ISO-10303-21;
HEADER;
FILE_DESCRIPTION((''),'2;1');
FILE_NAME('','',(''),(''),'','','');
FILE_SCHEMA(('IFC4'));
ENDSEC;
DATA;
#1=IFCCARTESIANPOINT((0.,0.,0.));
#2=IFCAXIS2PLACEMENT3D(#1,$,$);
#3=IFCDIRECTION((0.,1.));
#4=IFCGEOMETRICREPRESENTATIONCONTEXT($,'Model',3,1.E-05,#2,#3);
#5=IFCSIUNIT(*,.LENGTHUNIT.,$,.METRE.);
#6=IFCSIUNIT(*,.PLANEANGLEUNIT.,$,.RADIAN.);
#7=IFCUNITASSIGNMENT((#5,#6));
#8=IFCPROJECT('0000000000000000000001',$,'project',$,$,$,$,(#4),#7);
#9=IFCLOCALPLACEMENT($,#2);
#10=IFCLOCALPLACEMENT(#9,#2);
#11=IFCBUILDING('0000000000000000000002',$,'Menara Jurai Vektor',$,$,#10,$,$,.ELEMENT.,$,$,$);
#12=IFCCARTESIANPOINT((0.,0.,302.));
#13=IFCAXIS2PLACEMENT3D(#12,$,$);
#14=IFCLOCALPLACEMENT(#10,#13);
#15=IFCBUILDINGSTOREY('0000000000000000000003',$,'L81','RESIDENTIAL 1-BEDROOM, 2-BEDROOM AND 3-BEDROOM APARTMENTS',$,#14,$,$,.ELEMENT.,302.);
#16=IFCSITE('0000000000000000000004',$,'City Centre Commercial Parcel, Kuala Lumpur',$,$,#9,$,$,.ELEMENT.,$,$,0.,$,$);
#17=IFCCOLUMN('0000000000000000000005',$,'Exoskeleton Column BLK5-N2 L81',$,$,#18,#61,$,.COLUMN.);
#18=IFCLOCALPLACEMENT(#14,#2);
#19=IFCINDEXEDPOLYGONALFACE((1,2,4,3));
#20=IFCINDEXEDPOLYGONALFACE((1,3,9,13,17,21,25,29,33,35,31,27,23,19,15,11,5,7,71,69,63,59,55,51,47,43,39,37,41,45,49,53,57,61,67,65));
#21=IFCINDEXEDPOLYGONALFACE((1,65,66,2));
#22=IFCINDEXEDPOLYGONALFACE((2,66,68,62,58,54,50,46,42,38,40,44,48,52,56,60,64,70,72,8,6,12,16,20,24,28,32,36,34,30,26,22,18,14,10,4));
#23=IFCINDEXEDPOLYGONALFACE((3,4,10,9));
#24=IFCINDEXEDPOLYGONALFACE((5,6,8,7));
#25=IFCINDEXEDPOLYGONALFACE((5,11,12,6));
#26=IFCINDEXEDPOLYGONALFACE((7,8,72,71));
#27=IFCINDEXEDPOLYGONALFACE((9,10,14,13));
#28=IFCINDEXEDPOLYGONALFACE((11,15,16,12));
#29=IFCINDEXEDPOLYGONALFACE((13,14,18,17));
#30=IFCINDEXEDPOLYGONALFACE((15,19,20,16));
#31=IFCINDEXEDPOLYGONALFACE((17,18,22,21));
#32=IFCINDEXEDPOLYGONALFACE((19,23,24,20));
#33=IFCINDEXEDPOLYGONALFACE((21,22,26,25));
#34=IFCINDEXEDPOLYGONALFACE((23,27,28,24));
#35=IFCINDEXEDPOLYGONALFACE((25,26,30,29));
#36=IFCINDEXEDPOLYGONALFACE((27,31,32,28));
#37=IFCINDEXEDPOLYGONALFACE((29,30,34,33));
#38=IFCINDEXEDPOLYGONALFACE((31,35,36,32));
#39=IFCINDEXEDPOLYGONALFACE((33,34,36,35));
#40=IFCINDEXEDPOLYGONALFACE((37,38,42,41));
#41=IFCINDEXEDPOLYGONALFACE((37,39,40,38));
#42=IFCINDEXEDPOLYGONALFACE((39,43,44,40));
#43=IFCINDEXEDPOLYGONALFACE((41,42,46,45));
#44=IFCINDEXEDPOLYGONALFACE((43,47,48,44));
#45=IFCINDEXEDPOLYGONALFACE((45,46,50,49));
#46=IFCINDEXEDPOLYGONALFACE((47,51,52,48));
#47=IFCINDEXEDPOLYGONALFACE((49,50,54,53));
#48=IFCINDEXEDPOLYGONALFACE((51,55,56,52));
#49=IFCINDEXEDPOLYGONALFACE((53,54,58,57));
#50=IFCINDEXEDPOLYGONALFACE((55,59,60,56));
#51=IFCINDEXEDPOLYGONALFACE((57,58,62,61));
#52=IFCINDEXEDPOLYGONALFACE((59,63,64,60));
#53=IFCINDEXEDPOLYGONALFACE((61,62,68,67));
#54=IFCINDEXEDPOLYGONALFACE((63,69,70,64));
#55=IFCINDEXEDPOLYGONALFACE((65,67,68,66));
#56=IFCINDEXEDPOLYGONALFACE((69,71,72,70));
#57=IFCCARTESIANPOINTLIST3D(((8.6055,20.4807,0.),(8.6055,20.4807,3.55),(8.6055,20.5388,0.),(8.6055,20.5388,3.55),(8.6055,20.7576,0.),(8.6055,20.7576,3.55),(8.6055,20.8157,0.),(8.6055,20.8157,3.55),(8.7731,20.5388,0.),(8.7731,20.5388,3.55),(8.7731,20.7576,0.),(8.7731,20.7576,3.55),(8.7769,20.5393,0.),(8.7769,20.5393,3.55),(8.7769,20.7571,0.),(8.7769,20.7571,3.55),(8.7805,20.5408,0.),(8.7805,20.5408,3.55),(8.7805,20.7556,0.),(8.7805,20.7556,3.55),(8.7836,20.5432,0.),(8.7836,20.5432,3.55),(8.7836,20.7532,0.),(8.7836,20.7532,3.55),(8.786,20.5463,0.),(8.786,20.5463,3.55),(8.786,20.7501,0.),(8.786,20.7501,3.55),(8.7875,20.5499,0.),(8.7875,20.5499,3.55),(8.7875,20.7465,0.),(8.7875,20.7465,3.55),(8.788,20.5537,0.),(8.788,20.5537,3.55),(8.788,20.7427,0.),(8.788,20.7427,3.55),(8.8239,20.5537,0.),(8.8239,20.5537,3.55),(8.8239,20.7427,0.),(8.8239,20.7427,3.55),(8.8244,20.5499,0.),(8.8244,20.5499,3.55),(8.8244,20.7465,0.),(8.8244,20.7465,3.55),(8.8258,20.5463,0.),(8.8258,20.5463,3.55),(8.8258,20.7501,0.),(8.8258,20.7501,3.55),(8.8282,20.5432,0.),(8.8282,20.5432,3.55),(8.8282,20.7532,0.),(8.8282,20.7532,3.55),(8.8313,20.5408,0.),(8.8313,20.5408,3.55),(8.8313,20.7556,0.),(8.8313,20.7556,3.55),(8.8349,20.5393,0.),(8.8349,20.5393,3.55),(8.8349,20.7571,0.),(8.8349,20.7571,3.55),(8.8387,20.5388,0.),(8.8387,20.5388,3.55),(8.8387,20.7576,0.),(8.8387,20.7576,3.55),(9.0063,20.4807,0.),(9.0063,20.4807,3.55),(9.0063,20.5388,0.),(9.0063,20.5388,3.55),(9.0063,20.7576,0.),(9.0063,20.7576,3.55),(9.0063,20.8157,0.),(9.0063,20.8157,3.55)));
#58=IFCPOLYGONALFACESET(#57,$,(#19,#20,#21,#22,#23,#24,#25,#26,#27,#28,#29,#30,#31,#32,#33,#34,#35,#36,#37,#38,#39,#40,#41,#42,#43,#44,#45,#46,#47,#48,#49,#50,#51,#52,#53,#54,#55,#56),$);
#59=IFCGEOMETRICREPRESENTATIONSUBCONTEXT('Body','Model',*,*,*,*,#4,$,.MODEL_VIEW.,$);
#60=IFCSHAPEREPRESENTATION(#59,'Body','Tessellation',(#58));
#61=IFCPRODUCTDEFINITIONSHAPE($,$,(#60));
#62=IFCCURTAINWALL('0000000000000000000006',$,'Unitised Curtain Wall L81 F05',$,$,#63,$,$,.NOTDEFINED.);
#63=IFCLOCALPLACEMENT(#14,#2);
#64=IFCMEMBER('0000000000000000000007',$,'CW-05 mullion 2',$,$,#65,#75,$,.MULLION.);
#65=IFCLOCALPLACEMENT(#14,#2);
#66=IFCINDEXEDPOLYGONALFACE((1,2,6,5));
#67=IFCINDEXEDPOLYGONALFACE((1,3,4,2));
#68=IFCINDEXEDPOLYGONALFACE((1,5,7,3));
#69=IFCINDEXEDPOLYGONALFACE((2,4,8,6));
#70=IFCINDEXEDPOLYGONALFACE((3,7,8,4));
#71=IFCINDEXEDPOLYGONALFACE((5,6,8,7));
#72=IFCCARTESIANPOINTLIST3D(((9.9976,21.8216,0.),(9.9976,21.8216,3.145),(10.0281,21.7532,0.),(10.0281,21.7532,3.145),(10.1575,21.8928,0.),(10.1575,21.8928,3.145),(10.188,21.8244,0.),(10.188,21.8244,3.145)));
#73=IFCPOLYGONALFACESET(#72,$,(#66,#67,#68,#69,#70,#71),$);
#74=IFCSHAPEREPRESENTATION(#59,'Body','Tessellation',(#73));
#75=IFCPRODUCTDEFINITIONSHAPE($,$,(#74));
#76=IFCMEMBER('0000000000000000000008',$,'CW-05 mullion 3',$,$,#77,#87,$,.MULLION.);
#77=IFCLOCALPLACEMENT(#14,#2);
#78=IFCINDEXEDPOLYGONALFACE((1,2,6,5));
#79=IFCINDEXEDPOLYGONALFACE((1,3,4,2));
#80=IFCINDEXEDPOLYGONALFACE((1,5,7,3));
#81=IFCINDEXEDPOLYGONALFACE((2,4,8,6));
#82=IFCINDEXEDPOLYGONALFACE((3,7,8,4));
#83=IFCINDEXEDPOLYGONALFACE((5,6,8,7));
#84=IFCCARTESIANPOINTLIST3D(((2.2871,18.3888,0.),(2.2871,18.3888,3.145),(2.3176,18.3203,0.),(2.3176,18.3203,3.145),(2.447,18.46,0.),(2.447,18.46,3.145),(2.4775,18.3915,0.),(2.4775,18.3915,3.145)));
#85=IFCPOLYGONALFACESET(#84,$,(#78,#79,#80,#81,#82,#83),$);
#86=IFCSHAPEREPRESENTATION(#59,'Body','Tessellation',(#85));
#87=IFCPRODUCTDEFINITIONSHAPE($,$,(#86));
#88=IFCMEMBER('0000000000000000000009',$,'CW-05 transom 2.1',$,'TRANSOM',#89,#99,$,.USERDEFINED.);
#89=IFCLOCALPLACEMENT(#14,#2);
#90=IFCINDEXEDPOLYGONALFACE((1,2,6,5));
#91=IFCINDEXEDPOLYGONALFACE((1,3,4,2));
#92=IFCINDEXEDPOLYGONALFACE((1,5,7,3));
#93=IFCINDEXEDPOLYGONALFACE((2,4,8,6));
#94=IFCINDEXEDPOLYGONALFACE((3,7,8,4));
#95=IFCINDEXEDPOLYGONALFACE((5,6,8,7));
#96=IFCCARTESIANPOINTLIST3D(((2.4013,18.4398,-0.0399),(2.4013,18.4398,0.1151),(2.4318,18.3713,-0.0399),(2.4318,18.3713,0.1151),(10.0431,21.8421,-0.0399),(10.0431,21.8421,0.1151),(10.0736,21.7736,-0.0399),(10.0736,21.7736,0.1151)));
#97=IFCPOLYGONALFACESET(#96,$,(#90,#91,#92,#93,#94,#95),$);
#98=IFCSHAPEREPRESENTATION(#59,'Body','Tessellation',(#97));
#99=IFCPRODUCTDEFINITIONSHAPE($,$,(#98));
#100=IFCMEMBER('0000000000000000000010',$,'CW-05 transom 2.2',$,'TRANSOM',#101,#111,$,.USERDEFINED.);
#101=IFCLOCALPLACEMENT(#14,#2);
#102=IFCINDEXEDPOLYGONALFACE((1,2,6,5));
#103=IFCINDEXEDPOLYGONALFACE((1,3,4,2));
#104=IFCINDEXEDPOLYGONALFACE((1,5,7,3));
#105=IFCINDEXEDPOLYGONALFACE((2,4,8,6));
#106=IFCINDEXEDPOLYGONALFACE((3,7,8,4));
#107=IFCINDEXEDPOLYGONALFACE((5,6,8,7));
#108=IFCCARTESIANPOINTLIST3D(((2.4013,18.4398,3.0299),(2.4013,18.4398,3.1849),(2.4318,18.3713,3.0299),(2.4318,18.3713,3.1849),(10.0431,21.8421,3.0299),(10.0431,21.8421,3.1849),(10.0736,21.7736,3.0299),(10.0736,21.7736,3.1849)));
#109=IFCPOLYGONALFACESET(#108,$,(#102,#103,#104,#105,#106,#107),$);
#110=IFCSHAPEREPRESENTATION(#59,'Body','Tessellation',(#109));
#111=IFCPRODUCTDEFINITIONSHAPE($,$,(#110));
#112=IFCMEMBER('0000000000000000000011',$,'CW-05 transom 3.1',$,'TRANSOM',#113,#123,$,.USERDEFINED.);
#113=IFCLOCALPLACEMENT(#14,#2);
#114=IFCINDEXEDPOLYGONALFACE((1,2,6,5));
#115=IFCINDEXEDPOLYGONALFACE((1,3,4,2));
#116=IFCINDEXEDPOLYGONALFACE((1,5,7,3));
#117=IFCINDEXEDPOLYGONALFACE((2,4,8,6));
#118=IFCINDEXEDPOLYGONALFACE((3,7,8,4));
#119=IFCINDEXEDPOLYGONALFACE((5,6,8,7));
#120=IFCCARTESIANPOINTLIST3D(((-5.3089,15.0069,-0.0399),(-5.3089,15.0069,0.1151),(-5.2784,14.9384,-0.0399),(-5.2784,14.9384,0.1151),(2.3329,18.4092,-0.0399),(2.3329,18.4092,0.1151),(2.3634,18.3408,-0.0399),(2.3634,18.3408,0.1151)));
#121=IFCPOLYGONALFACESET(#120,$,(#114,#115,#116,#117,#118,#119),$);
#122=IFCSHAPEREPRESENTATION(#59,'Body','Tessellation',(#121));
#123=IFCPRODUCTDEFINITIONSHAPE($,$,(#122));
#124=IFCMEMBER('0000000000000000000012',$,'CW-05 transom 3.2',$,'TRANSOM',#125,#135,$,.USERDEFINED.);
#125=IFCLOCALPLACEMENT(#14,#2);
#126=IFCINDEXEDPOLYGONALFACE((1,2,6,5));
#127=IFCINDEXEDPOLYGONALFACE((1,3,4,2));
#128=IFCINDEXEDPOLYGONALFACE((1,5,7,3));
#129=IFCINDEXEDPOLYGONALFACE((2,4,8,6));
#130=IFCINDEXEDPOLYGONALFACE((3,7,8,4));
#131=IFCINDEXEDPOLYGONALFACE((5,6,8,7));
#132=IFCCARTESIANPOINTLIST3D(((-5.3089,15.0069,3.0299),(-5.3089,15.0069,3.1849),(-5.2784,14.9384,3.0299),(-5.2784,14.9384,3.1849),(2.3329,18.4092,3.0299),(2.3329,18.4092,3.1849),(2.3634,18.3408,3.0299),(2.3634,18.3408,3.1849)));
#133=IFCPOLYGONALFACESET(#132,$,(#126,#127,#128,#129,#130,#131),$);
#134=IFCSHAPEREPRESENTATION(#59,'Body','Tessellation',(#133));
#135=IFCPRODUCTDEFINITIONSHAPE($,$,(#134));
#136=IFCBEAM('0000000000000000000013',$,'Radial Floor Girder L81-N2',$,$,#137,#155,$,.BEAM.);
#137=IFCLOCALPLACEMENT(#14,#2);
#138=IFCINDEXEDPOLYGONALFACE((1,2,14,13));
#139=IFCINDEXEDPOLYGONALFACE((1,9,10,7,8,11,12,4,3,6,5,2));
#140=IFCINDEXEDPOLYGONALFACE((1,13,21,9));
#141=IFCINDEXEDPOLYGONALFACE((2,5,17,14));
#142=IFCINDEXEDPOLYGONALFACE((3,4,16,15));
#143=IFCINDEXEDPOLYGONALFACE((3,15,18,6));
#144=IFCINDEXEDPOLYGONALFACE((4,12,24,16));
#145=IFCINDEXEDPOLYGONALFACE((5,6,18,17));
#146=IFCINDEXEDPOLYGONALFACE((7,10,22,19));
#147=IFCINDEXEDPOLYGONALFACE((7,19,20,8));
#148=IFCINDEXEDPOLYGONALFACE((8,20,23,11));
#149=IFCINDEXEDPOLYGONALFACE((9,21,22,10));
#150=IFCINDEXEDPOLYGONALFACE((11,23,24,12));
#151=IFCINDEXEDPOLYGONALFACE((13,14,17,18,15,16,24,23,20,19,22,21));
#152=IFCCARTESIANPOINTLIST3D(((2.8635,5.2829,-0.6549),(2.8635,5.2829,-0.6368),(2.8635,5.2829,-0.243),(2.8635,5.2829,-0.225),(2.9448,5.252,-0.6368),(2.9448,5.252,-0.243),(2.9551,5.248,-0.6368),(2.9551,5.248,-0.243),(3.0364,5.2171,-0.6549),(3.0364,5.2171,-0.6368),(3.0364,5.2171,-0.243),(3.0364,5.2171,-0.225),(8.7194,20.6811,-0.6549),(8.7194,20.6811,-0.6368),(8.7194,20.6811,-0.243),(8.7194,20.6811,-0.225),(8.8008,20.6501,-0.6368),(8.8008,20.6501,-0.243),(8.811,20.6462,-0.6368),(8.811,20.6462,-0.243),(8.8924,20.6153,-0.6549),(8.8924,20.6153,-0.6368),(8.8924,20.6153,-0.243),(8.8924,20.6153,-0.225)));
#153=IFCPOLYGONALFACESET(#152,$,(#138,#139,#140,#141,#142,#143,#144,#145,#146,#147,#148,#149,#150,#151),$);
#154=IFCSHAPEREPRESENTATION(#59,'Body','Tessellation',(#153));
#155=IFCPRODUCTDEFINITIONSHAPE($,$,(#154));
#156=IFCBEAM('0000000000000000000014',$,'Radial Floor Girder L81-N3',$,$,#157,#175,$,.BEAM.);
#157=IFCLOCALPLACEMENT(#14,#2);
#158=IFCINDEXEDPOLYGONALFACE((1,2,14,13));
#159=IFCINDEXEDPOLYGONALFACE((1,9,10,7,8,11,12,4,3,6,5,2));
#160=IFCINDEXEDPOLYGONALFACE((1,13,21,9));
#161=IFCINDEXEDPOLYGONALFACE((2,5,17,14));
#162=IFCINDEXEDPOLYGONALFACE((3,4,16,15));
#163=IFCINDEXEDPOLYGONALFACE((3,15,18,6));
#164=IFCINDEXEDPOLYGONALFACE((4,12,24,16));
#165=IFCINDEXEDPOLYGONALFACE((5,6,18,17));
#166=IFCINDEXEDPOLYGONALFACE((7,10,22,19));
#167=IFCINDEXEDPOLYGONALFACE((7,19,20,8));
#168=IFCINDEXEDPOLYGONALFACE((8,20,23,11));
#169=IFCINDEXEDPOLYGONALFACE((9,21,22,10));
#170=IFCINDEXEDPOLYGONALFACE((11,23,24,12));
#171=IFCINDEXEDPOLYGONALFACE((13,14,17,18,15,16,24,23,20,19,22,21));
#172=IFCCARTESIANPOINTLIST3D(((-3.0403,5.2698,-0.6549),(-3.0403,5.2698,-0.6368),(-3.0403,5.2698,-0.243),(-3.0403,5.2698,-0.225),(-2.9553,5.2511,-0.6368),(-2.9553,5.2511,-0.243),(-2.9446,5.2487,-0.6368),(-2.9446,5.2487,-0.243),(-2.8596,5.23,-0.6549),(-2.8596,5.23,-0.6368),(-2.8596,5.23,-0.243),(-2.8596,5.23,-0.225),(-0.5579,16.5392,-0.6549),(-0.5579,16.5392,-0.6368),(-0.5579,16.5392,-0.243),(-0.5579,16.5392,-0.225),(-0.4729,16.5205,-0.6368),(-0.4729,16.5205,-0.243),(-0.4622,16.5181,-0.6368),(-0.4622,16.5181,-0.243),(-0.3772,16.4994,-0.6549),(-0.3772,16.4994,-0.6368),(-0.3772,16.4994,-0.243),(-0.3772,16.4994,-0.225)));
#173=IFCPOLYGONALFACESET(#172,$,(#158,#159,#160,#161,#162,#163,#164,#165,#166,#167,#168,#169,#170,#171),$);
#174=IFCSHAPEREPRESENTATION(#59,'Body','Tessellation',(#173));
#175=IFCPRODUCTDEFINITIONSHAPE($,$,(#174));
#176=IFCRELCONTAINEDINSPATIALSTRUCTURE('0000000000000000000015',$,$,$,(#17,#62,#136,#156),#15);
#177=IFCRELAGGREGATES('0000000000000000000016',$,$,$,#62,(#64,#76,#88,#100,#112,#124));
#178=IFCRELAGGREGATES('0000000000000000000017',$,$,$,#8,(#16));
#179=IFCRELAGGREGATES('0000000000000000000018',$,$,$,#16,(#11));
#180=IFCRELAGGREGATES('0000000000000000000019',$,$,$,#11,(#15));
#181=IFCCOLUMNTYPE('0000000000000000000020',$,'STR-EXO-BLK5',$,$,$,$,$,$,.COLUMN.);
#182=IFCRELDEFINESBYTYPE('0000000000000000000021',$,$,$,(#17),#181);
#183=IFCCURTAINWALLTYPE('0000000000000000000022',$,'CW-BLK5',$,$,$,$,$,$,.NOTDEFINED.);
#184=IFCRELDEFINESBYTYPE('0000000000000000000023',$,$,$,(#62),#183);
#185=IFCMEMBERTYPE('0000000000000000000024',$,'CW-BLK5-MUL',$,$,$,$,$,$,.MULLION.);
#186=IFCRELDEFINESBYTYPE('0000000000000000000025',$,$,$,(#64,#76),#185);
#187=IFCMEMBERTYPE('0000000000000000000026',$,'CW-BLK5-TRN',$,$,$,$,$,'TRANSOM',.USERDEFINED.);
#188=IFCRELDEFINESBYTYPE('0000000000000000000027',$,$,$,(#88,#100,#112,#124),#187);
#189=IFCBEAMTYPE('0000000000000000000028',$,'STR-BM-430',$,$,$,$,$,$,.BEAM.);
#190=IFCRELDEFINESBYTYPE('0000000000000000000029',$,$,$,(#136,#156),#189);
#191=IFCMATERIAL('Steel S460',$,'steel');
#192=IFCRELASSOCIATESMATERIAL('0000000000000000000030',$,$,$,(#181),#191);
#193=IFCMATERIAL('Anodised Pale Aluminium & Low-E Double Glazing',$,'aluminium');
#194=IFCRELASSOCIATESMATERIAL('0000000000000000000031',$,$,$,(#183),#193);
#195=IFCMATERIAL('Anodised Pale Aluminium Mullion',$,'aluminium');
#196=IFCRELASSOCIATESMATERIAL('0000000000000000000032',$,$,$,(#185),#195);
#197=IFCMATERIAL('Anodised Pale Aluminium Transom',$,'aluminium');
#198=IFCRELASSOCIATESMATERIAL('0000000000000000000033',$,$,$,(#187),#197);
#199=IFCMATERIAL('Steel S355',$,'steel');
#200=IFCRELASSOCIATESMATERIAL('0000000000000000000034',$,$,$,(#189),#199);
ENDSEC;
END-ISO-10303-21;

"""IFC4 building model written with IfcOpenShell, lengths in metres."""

from ifc_helpers import new_model, si_unit, direction, frame, origin, origin_2d, place, context, subcontext, project, spatial, rectangle, i_section, extrude, material, material_profile, profile_set, type_object, element, aggregate, save


model = new_model("IFC4")

# Units and contexts
model_context = context("Model", 3, precision=1e-05, world=origin(), true_north=direction((0.0, 1.0)))
body_context = subcontext(model_context, "Body", "Model", "MODEL_VIEW")
ifc_project = project(units=[si_unit("LENGTHUNIT", "METRE"), si_unit("PLANEANGLEUNIT", "RADIAN")], contexts=[model_context])

# Site, building, storey
site_placement = place(None, origin())
site = spatial("IfcSite", under=ifc_project, at=site_placement, Name="City Centre Commercial Parcel, Kuala Lumpur", CompositionType="ELEMENT", RefElevation=0.0)
building_placement = place(site_placement, origin())
building = spatial("IfcBuilding", under=site, at=building_placement, Name="Menara Jurai Vektor", CompositionType="ELEMENT")
storey_placement = place(building_placement, frame((0.0, 0.0, 302.0)))
storey = spatial("IfcBuildingStorey", under=building, at=storey_placement, Name="L81", Description="RESIDENTIAL 1-BEDROOM, 2-BEDROOM AND 3-BEDROOM APARTMENTS", CompositionType="ELEMENT", Elevation=302.0)

# Column
ifc_material_1 = material(Name="Steel S460", Category="steel")
ifc_material_profile_1 = material_profile(ifc_material_1, i_section(OverallWidth=0.4009, OverallDepth=0.335, WebThickness=0.0359, FlangeThickness=0.0581, FilletRadius=0.0149, at=origin_2d()), Name="HD 400x463")
ifc_profile_set_1 = profile_set([ifc_material_profile_1], Name="Steel S460")
column_type = type_object("IfcColumnType", Name="STR-EXO-BLK5", PredefinedType="COLUMN", material=ifc_profile_set_1)
column_placement = place(storey_placement, frame((8.8059, 20.6482, 0.0), z_axis=(0.0, 0.0, 1.0), x_axis=(1.0, 0.0, 0.0)))
element("IfcColumn", 1, at=column_placement, inside=storey, type_object=column_type, Name="Exoskeleton Column BLK5-N2 L81", PredefinedType="COLUMN", context=body_context, shape_type="SweptSolid", body=[
    extrude(i_section(OverallWidth=0.4009, OverallDepth=0.335, WebThickness=0.0359, FlangeThickness=0.0581, FilletRadius=0.0149, at=origin_2d()), origin(), (0.0, 0.0, 1.0), 3.55),
])

# Curtain wall, members
ifc_material_2 = material(Name="Anodised Pale Aluminium & Low-E Double Glazing", Category="aluminium")
curtain_wall_type = type_object("IfcCurtainWallType", Name="CW-BLK5", PredefinedType="NOTDEFINED", material=ifc_material_2)
curtain_wall_placement = place(storey_placement, origin())
curtain_wall = element("IfcCurtainWall", 2, at=curtain_wall_placement, inside=storey, type_object=curtain_wall_type, Name="Unitised Curtain Wall L81 F05", PredefinedType="NOTDEFINED")
ifc_material_3 = material(Name="Anodised Pale Aluminium Mullion", Category="aluminium")
ifc_material_profile_2 = material_profile(ifc_material_3, rectangle(XDim=0.075, YDim=0.175, at=origin_2d()), Name="ALU MUL 75x175")
ifc_profile_set_2 = profile_set([ifc_material_profile_2], Name="Anodised Pale Aluminium Mullion")
member_type_1 = type_object("IfcMemberType", Name="CW-BLK5-MUL", PredefinedType="MULLION", material=ifc_profile_set_2)
member_1_placement = place(storey_placement, frame((10.0928, 21.823, 0.0), z_axis=(0.0, 0.0, 1.0), x_axis=(0.406735, -0.913546, 0.0)))
member_1 = element("IfcMember", 3, at=member_1_placement, type_object=member_type_1, Name="CW-05 mullion 2", PredefinedType="MULLION", context=body_context, shape_type="SweptSolid", body=[
    extrude(rectangle(XDim=0.075, YDim=0.175, at=origin_2d()), origin(), (0.0, 0.0, 1.0), 3.145),
])
member_2_placement = place(storey_placement, frame((2.3823, 18.3901, 0.0), z_axis=(0.0, 0.0, 1.0), x_axis=(0.406735, -0.913546, 0.0)))
member_2 = element("IfcMember", 4, at=member_2_placement, type_object=member_type_1, Name="CW-05 mullion 3", PredefinedType="MULLION", context=body_context, shape_type="SweptSolid", body=[
    extrude(rectangle(XDim=0.075, YDim=0.175, at=origin_2d()), origin(), (0.0, 0.0, 1.0), 3.145),
])
ifc_material_4 = material(Name="Anodised Pale Aluminium Transom", Category="aluminium")
ifc_material_profile_3 = material_profile(ifc_material_4, rectangle(XDim=0.075, YDim=0.155, at=origin_2d()), Name="ALU TRN 75x155")
ifc_profile_set_3 = profile_set([ifc_material_profile_3], Name="Anodised Pale Aluminium Transom")
member_type_2 = type_object("IfcMemberType", Name="CW-BLK5-TRN", ElementType="TRANSOM", PredefinedType="USERDEFINED", material=ifc_profile_set_3)
member_3_placement = place(storey_placement, frame((10.0583, 21.8079, 0.0376), z_axis=(-0.913547, -0.406734, 0.0), x_axis=(0.406734, -0.913547, 0.0)))
member_3 = element("IfcMember", 5, at=member_3_placement, type_object=member_type_2, Name="CW-05 transom 2.1", ObjectType="TRANSOM", PredefinedType="USERDEFINED", context=body_context, shape_type="SweptSolid", body=[
    extrude(rectangle(XDim=0.075, YDim=0.155, at=origin_2d()), origin(), (0.0, 0.0, 1.0), 8.365),
])
member_4_placement = place(storey_placement, frame((10.0583, 21.8079, 3.1074), z_axis=(-0.913547, -0.406734, 0.0), x_axis=(0.406734, -0.913547, 0.0)))
member_4 = element("IfcMember", 6, at=member_4_placement, type_object=member_type_2, Name="CW-05 transom 2.2", ObjectType="TRANSOM", PredefinedType="USERDEFINED", context=body_context, shape_type="SweptSolid", body=[
    extrude(rectangle(XDim=0.075, YDim=0.155, at=origin_2d()), origin(), (0.0, 0.0, 1.0), 8.365),
])
member_5_placement = place(storey_placement, frame((2.3481, 18.375, 0.0376), z_axis=(-0.913547, -0.406734, 0.0), x_axis=(0.406734, -0.913547, 0.0)))
member_5 = element("IfcMember", 7, at=member_5_placement, type_object=member_type_2, Name="CW-05 transom 3.1", ObjectType="TRANSOM", PredefinedType="USERDEFINED", context=body_context, shape_type="SweptSolid", body=[
    extrude(rectangle(XDim=0.075, YDim=0.155, at=origin_2d()), origin(), (0.0, 0.0, 1.0), 8.365),
])
member_6_placement = place(storey_placement, frame((2.3481, 18.375, 3.1074), z_axis=(-0.913547, -0.406734, 0.0), x_axis=(0.406734, -0.913547, 0.0)))
member_6 = element("IfcMember", 8, at=member_6_placement, type_object=member_type_2, Name="CW-05 transom 3.2", ObjectType="TRANSOM", PredefinedType="USERDEFINED", context=body_context, shape_type="SweptSolid", body=[
    extrude(rectangle(XDim=0.075, YDim=0.155, at=origin_2d()), origin(), (0.0, 0.0, 1.0), 8.365),
])

# Beams
ifc_material_5 = material(Name="Steel S355", Category="steel")
ifc_material_profile_4 = material_profile(ifc_material_5, i_section(OverallWidth=0.1851, OverallDepth=0.4299, WebThickness=0.011, FlangeThickness=0.0181, at=origin_2d()), Name="PG 430x185x76")
ifc_profile_set_4 = profile_set([ifc_material_profile_4], Name="Steel S355")
beam_type_1 = type_object("IfcBeamType", Name="STR-BM-430", PredefinedType="BEAM", material=ifc_profile_set_4)
beam_1_placement = place(storey_placement, frame((8.8059, 20.6482, -0.4399), z_axis=(-0.355464, -0.93469, 0.0), x_axis=(0.93469, -0.355464, 0.0)))
element("IfcBeam", 9, at=beam_1_placement, inside=storey, type_object=beam_type_1, Name="Radial Floor Girder L81-N2", PredefinedType="BEAM", context=body_context, shape_type="SweptSolid", body=[
    extrude(i_section(OverallWidth=0.1851, OverallDepth=0.4299, WebThickness=0.011, FlangeThickness=0.0181, at=origin_2d()), origin(), (0.0, 0.0, 1.0), 16.4741),
])
beam_2_placement = place(storey_placement, frame((-0.4675, 16.5193, -0.4399), z_axis=(-0.215125, -0.976587, 0.0), x_axis=(0.976587, -0.215125, 0.0)))
element("IfcBeam", 10, at=beam_2_placement, inside=storey, type_object=beam_type_1, Name="Radial Floor Girder L81-N3", PredefinedType="BEAM", context=body_context, shape_type="SweptSolid", body=[
    extrude(i_section(OverallWidth=0.1851, OverallDepth=0.4299, WebThickness=0.011, FlangeThickness=0.0181, at=origin_2d()), origin(), (0.0, 0.0, 1.0), 11.5396),
])

aggregate(curtain_wall, [member_1, member_2, member_3, member_4, member_5, member_6])

save(model, "model.ifc")
